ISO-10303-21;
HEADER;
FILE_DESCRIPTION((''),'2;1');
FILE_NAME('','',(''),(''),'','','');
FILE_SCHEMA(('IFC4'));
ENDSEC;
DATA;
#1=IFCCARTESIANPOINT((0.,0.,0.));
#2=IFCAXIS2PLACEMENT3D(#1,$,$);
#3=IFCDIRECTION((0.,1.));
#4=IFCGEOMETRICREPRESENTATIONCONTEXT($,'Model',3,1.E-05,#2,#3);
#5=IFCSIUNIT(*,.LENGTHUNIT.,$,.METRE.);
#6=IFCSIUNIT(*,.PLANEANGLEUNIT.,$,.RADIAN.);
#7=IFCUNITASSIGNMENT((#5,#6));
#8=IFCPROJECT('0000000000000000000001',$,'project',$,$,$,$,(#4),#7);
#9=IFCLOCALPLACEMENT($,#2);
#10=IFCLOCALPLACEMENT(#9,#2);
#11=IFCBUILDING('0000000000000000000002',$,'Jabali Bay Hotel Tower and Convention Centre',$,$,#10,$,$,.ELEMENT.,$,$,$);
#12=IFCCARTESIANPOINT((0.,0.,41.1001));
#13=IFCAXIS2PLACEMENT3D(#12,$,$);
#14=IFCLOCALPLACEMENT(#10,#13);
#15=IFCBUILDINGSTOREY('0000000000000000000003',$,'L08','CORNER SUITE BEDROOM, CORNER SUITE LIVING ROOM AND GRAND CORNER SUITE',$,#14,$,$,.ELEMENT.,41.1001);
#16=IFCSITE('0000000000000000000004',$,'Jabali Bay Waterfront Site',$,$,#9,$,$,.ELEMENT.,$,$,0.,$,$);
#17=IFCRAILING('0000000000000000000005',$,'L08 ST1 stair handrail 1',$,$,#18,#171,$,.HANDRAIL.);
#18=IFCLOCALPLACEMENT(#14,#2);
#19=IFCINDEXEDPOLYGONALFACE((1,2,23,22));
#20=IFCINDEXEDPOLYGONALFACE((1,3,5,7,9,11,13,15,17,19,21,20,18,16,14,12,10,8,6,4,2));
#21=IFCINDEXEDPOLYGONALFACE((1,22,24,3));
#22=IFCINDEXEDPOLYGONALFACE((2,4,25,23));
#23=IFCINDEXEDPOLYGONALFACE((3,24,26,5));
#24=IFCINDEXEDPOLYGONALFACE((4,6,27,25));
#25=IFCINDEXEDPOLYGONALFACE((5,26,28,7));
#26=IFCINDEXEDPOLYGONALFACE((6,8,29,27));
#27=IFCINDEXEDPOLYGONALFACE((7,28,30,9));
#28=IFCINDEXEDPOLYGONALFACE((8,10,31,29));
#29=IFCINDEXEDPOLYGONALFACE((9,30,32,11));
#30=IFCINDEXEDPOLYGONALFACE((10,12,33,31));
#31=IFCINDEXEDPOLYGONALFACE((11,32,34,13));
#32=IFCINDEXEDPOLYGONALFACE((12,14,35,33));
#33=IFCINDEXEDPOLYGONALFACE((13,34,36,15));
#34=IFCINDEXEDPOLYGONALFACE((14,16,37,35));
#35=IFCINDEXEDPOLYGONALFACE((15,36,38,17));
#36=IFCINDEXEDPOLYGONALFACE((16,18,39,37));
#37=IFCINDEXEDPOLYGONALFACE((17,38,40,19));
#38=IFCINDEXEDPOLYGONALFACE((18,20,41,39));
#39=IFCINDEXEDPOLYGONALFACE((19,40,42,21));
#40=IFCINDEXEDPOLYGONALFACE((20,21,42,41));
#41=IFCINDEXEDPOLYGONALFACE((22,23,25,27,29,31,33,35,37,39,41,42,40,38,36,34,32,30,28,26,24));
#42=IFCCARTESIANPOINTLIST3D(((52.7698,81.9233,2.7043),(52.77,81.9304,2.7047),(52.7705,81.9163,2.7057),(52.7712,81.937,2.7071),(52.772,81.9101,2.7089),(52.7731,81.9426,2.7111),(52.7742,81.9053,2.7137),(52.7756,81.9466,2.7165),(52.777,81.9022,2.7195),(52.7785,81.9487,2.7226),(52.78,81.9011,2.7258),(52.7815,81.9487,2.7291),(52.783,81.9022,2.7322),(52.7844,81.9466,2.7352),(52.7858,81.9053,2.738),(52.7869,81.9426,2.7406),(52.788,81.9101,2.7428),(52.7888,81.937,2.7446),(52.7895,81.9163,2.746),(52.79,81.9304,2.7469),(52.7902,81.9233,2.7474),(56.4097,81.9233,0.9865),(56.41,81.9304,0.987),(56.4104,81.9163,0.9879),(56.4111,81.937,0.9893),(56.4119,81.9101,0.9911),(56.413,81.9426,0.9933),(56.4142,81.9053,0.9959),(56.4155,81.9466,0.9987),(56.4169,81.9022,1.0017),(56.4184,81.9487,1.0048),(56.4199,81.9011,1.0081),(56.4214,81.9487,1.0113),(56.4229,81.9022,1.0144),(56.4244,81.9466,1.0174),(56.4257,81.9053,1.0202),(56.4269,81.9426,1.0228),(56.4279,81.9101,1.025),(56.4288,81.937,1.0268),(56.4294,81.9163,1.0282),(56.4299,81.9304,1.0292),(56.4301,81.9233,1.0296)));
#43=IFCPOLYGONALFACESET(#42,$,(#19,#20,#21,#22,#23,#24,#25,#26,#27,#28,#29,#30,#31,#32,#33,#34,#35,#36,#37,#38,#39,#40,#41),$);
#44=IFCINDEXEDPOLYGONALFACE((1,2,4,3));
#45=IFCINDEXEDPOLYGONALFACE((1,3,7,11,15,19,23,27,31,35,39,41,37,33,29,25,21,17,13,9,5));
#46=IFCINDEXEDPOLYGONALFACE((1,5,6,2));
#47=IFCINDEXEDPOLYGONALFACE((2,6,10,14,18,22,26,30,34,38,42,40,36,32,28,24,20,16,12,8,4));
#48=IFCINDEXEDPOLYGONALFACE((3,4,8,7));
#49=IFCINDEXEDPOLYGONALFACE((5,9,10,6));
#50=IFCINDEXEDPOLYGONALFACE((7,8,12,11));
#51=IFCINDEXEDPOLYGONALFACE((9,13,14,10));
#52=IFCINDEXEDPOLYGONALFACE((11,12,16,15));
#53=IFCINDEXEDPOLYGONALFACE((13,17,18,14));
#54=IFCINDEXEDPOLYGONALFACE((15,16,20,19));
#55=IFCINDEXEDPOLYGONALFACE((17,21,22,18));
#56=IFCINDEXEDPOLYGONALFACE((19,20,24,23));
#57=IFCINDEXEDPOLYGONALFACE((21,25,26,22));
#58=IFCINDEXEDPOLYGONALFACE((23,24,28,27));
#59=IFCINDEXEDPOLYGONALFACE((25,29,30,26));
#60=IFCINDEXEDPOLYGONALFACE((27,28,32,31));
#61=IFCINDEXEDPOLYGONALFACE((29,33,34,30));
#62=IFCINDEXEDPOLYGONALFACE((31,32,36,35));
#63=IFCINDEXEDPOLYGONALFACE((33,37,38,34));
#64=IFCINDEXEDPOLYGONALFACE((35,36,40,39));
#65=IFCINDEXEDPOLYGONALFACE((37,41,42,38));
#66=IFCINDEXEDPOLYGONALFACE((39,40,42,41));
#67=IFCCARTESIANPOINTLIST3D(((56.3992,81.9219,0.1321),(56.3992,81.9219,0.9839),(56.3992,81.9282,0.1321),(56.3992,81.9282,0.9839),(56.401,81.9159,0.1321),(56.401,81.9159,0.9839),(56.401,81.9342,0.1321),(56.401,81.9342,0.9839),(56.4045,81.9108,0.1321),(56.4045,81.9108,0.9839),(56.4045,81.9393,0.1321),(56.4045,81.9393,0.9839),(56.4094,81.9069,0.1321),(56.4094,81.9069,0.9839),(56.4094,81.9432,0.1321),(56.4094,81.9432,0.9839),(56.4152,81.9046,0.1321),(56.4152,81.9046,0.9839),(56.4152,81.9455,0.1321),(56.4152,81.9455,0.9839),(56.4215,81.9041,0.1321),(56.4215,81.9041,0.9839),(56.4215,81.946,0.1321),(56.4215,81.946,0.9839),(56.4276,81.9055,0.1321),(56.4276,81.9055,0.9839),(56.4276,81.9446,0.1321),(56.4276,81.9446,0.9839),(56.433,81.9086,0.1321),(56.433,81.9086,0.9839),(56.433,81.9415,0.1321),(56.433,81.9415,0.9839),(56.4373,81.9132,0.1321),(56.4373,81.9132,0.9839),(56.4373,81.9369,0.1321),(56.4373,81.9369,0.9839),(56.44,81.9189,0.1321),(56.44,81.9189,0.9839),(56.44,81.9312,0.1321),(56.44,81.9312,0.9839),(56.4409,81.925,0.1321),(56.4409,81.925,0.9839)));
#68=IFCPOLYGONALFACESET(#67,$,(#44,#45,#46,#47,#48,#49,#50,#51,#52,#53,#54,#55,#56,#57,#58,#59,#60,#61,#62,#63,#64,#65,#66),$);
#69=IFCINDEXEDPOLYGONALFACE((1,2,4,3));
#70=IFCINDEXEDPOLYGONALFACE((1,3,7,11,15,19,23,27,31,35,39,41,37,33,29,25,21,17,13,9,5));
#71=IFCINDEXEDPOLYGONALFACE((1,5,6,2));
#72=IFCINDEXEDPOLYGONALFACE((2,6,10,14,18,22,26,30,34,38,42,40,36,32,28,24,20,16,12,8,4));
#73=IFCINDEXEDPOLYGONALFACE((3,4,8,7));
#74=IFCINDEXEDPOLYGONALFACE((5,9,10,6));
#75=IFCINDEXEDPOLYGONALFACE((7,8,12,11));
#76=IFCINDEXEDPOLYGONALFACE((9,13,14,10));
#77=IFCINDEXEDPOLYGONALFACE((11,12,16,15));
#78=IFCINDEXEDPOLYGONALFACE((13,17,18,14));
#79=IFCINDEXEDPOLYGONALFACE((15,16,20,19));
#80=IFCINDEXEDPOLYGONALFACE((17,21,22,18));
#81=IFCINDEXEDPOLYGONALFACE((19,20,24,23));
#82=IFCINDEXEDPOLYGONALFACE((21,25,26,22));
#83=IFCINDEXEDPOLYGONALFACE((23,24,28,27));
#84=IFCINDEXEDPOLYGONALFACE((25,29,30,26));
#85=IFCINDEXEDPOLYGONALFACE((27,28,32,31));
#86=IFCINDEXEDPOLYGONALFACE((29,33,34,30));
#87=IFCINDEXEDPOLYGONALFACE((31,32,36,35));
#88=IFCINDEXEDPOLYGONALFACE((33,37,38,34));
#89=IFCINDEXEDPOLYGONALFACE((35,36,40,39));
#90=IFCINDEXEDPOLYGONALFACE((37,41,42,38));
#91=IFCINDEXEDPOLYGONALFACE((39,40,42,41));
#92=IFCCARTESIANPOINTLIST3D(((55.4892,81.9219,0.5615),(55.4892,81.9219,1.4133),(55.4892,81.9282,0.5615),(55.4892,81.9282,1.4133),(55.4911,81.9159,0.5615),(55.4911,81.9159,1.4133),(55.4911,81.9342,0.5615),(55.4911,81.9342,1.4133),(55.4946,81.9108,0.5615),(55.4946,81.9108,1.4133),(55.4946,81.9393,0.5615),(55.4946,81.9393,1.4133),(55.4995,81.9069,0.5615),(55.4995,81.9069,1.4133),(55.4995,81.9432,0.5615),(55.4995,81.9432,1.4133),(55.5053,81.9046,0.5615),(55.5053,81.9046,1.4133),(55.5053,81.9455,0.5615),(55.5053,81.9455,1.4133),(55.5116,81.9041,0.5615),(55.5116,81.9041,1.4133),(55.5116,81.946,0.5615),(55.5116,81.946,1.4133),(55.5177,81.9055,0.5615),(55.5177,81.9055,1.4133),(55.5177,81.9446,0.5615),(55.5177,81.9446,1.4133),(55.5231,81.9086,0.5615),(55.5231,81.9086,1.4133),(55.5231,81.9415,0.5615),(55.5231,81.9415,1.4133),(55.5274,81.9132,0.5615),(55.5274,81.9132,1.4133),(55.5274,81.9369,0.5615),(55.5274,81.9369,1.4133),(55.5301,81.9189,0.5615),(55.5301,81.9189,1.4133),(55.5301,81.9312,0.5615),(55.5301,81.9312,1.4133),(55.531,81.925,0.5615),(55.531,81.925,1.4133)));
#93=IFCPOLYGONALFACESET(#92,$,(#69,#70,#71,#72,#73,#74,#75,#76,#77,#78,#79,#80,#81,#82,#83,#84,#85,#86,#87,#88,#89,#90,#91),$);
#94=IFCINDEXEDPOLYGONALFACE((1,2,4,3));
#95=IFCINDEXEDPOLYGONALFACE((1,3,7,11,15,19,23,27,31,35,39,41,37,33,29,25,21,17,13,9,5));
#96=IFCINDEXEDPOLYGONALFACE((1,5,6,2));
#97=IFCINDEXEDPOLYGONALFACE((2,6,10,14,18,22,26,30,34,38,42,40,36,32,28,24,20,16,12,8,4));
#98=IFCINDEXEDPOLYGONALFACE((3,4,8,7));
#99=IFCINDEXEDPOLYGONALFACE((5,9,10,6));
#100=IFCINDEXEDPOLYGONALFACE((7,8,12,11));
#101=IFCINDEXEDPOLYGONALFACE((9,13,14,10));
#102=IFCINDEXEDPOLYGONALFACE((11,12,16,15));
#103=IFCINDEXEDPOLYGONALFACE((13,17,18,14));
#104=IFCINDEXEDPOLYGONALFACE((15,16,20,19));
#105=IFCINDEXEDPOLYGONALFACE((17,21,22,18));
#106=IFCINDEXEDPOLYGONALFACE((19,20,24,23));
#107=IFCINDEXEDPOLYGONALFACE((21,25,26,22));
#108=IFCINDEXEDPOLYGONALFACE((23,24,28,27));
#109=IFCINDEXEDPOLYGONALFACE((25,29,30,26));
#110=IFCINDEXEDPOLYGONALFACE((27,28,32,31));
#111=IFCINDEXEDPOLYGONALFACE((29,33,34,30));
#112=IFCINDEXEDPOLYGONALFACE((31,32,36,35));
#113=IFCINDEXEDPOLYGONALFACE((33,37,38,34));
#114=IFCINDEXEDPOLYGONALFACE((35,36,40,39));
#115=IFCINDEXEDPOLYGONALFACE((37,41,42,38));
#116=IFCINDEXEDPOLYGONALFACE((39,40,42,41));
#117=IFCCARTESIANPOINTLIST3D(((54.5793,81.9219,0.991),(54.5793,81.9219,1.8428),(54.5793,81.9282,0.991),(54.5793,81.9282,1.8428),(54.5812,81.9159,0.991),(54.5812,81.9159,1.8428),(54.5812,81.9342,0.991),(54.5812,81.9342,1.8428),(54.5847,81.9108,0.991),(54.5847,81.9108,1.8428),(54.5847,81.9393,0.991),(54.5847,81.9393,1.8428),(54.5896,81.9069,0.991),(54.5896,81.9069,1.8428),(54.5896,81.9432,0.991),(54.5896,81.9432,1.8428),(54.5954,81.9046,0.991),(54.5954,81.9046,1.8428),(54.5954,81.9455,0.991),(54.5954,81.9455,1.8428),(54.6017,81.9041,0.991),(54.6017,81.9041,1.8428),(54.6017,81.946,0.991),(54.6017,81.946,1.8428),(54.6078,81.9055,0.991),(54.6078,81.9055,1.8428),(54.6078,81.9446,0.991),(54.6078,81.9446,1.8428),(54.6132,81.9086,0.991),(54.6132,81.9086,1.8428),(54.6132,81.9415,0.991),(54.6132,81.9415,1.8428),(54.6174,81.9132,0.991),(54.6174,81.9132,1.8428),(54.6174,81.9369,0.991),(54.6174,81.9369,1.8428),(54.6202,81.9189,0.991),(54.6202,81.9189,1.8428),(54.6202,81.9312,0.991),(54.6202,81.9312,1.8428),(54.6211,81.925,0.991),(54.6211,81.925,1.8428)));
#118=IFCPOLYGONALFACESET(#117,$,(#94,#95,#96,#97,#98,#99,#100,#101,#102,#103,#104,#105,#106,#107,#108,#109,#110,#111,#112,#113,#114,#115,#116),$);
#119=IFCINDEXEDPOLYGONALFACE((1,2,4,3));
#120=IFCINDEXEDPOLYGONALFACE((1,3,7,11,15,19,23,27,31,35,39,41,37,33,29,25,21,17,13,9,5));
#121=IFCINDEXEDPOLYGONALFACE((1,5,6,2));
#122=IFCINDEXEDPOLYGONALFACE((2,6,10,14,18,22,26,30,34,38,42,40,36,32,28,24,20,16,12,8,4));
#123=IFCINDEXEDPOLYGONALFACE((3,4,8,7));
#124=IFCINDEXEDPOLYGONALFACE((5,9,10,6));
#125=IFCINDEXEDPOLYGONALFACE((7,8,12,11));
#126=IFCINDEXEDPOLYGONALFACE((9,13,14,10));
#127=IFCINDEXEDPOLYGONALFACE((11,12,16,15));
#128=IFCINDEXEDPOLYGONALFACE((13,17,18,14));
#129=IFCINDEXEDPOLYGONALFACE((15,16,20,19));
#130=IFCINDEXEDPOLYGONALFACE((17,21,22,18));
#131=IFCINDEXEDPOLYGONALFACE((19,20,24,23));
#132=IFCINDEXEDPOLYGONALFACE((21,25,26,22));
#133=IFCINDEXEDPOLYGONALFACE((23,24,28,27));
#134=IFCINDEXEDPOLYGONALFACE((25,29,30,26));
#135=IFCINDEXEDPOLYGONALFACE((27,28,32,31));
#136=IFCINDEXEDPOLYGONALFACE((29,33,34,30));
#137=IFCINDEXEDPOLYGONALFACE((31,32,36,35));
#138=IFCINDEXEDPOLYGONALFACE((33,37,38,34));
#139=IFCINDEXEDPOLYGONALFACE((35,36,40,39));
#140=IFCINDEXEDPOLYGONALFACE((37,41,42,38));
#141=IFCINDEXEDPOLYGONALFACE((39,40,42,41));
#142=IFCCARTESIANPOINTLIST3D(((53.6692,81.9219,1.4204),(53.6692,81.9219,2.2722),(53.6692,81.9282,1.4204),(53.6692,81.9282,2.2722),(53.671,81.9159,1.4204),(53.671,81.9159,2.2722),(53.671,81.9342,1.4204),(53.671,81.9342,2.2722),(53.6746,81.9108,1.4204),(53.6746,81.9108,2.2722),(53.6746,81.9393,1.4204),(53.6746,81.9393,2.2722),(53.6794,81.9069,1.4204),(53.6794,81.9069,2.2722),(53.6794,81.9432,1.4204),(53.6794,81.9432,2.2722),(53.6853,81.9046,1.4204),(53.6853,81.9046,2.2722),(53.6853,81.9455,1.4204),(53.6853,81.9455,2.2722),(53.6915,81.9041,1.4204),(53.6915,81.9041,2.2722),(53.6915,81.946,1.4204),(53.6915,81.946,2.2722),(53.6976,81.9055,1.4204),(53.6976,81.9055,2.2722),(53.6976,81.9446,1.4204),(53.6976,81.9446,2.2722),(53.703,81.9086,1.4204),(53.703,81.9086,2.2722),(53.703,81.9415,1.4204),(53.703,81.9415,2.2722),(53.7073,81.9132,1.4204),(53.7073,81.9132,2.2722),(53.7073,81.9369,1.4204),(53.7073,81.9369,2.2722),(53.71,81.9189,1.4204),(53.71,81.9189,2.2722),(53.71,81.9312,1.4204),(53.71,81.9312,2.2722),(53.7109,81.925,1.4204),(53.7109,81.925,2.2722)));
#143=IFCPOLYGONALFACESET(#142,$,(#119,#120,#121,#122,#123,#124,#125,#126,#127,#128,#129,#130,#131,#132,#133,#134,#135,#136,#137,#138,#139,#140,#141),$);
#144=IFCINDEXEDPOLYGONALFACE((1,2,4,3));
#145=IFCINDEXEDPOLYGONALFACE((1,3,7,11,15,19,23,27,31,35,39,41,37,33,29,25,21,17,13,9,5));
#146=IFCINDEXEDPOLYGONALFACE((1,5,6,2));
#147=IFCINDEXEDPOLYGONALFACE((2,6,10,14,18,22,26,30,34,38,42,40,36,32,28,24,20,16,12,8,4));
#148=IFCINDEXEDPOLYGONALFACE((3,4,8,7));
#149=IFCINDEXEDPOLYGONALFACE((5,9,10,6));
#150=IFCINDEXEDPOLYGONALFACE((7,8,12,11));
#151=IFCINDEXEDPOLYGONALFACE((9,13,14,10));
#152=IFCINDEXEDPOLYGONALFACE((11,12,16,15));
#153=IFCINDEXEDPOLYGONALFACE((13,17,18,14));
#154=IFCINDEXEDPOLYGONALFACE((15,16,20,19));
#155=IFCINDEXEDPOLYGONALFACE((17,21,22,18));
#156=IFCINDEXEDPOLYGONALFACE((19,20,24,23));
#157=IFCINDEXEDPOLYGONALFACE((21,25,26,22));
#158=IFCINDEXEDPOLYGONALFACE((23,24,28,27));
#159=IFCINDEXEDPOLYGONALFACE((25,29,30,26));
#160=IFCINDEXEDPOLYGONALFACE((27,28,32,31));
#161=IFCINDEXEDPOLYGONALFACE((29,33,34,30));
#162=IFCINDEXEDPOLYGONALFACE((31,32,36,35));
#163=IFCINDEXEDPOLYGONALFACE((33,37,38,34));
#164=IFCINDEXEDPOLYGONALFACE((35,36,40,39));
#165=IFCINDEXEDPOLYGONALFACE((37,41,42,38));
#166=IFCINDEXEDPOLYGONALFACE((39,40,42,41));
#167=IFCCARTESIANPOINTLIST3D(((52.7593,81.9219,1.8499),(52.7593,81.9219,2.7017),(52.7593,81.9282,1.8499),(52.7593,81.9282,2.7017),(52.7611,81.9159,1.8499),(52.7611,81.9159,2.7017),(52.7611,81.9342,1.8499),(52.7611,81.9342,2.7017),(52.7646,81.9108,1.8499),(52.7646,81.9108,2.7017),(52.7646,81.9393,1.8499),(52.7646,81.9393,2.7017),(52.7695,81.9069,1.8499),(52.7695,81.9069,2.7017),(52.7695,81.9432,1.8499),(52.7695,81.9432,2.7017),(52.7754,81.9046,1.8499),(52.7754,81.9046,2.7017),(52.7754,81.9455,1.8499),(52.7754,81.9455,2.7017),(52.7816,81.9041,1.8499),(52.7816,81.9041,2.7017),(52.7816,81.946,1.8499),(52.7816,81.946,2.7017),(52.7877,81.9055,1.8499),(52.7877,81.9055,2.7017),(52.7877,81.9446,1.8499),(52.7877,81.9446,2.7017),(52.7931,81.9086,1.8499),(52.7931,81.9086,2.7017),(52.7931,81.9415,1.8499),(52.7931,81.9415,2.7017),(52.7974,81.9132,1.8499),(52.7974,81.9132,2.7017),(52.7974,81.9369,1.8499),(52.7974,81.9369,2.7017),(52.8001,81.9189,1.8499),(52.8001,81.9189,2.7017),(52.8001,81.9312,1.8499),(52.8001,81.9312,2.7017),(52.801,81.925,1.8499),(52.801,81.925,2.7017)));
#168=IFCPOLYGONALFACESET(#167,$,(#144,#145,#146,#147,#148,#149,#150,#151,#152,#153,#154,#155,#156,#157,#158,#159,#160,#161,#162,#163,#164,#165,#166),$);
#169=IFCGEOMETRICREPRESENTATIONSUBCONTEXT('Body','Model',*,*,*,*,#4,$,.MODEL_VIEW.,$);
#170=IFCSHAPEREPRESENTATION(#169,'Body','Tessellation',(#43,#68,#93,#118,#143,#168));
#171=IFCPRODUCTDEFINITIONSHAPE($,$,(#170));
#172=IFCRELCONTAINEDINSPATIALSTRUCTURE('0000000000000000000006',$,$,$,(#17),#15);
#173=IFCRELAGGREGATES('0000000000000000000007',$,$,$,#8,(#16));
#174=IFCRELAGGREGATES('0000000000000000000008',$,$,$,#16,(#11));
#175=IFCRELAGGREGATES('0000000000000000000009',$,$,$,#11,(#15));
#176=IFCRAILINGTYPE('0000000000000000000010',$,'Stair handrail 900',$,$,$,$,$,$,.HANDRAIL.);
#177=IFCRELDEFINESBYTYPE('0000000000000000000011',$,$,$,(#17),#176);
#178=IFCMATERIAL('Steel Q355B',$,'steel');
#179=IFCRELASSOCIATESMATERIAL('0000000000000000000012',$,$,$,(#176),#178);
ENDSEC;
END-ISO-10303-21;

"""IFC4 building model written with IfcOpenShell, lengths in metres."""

from ifc_helpers import new_model, si_unit, direction, frame, origin, origin_2d, place, context, subcontext, project, spatial, circle, extrude, material, type_object, element, save


model = new_model("IFC4")

# Units and contexts
model_context = context("Model", 3, precision=1e-05, world=origin(), true_north=direction((0.0, 1.0)))
body_context = subcontext(model_context, "Body", "Model", "MODEL_VIEW")
ifc_project = project(units=[si_unit("LENGTHUNIT", "METRE"), si_unit("PLANEANGLEUNIT", "RADIAN")], contexts=[model_context])

# Site, building, storey
site_placement = place(None, origin())
site = spatial("IfcSite", under=ifc_project, at=site_placement, Name="Jabali Bay Waterfront Site", CompositionType="ELEMENT", RefElevation=0.0)
building_placement = place(site_placement, origin())
building = spatial("IfcBuilding", under=site, at=building_placement, Name="Jabali Bay Hotel Tower and Convention Centre", CompositionType="ELEMENT")
storey_placement = place(building_placement, frame((0.0, 0.0, 41.1001)))
storey = spatial("IfcBuildingStorey", under=building, at=storey_placement, Name="L08", Description="CORNER SUITE BEDROOM, CORNER SUITE LIVING ROOM AND GRAND CORNER SUITE", CompositionType="ELEMENT", Elevation=41.1001)

# Railing
ifc_material_1 = material(Name="Steel Q355B", Category="steel")
railing_type_1 = type_object("IfcRailingType", Name="Stair handrail 900", PredefinedType="HANDRAIL", material=ifc_material_1)
railing_1_placement = place(storey_placement, frame((56.4199, 81.925, 0.1321)))
element("IfcRailing", 1, at=railing_1_placement, inside=storey, type_object=railing_type_1, Name="L08 ST1 stair handrail 1", PredefinedType="HANDRAIL", context=body_context, shape_type="SweptSolid", body=[
    extrude(circle(Radius=0.0239, at=origin_2d()), frame((0.0, 0.0, 0.876), z_axis=(-0.904351, 0.0, 0.42679), x_axis=(0.0, -1.0, 0.0)), (0.0, 0.0, 1.0), 4.0249),
    extrude(circle(Radius=0.021, at=origin_2d()), origin(), (0.0, 0.0, 1.0), 0.8518),
    extrude(circle(Radius=0.021, at=origin_2d()), frame((-0.9099, 0.0, 0.4294)), (0.0, 0.0, 1.0), 0.8518),
    extrude(circle(Radius=0.021, at=origin_2d()), frame((-1.8198, 0.0, 0.8589)), (0.0, 0.0, 1.0), 0.8518),
    extrude(circle(Radius=0.021, at=origin_2d()), frame((-2.73, 0.0, 1.2883)), (0.0, 0.0, 1.0), 0.8518),
    extrude(circle(Radius=0.021, at=origin_2d()), frame((-3.6399, 0.0, 1.7178)), (0.0, 0.0, 1.0), 0.8518),
])

save(model, "model.ifc")
